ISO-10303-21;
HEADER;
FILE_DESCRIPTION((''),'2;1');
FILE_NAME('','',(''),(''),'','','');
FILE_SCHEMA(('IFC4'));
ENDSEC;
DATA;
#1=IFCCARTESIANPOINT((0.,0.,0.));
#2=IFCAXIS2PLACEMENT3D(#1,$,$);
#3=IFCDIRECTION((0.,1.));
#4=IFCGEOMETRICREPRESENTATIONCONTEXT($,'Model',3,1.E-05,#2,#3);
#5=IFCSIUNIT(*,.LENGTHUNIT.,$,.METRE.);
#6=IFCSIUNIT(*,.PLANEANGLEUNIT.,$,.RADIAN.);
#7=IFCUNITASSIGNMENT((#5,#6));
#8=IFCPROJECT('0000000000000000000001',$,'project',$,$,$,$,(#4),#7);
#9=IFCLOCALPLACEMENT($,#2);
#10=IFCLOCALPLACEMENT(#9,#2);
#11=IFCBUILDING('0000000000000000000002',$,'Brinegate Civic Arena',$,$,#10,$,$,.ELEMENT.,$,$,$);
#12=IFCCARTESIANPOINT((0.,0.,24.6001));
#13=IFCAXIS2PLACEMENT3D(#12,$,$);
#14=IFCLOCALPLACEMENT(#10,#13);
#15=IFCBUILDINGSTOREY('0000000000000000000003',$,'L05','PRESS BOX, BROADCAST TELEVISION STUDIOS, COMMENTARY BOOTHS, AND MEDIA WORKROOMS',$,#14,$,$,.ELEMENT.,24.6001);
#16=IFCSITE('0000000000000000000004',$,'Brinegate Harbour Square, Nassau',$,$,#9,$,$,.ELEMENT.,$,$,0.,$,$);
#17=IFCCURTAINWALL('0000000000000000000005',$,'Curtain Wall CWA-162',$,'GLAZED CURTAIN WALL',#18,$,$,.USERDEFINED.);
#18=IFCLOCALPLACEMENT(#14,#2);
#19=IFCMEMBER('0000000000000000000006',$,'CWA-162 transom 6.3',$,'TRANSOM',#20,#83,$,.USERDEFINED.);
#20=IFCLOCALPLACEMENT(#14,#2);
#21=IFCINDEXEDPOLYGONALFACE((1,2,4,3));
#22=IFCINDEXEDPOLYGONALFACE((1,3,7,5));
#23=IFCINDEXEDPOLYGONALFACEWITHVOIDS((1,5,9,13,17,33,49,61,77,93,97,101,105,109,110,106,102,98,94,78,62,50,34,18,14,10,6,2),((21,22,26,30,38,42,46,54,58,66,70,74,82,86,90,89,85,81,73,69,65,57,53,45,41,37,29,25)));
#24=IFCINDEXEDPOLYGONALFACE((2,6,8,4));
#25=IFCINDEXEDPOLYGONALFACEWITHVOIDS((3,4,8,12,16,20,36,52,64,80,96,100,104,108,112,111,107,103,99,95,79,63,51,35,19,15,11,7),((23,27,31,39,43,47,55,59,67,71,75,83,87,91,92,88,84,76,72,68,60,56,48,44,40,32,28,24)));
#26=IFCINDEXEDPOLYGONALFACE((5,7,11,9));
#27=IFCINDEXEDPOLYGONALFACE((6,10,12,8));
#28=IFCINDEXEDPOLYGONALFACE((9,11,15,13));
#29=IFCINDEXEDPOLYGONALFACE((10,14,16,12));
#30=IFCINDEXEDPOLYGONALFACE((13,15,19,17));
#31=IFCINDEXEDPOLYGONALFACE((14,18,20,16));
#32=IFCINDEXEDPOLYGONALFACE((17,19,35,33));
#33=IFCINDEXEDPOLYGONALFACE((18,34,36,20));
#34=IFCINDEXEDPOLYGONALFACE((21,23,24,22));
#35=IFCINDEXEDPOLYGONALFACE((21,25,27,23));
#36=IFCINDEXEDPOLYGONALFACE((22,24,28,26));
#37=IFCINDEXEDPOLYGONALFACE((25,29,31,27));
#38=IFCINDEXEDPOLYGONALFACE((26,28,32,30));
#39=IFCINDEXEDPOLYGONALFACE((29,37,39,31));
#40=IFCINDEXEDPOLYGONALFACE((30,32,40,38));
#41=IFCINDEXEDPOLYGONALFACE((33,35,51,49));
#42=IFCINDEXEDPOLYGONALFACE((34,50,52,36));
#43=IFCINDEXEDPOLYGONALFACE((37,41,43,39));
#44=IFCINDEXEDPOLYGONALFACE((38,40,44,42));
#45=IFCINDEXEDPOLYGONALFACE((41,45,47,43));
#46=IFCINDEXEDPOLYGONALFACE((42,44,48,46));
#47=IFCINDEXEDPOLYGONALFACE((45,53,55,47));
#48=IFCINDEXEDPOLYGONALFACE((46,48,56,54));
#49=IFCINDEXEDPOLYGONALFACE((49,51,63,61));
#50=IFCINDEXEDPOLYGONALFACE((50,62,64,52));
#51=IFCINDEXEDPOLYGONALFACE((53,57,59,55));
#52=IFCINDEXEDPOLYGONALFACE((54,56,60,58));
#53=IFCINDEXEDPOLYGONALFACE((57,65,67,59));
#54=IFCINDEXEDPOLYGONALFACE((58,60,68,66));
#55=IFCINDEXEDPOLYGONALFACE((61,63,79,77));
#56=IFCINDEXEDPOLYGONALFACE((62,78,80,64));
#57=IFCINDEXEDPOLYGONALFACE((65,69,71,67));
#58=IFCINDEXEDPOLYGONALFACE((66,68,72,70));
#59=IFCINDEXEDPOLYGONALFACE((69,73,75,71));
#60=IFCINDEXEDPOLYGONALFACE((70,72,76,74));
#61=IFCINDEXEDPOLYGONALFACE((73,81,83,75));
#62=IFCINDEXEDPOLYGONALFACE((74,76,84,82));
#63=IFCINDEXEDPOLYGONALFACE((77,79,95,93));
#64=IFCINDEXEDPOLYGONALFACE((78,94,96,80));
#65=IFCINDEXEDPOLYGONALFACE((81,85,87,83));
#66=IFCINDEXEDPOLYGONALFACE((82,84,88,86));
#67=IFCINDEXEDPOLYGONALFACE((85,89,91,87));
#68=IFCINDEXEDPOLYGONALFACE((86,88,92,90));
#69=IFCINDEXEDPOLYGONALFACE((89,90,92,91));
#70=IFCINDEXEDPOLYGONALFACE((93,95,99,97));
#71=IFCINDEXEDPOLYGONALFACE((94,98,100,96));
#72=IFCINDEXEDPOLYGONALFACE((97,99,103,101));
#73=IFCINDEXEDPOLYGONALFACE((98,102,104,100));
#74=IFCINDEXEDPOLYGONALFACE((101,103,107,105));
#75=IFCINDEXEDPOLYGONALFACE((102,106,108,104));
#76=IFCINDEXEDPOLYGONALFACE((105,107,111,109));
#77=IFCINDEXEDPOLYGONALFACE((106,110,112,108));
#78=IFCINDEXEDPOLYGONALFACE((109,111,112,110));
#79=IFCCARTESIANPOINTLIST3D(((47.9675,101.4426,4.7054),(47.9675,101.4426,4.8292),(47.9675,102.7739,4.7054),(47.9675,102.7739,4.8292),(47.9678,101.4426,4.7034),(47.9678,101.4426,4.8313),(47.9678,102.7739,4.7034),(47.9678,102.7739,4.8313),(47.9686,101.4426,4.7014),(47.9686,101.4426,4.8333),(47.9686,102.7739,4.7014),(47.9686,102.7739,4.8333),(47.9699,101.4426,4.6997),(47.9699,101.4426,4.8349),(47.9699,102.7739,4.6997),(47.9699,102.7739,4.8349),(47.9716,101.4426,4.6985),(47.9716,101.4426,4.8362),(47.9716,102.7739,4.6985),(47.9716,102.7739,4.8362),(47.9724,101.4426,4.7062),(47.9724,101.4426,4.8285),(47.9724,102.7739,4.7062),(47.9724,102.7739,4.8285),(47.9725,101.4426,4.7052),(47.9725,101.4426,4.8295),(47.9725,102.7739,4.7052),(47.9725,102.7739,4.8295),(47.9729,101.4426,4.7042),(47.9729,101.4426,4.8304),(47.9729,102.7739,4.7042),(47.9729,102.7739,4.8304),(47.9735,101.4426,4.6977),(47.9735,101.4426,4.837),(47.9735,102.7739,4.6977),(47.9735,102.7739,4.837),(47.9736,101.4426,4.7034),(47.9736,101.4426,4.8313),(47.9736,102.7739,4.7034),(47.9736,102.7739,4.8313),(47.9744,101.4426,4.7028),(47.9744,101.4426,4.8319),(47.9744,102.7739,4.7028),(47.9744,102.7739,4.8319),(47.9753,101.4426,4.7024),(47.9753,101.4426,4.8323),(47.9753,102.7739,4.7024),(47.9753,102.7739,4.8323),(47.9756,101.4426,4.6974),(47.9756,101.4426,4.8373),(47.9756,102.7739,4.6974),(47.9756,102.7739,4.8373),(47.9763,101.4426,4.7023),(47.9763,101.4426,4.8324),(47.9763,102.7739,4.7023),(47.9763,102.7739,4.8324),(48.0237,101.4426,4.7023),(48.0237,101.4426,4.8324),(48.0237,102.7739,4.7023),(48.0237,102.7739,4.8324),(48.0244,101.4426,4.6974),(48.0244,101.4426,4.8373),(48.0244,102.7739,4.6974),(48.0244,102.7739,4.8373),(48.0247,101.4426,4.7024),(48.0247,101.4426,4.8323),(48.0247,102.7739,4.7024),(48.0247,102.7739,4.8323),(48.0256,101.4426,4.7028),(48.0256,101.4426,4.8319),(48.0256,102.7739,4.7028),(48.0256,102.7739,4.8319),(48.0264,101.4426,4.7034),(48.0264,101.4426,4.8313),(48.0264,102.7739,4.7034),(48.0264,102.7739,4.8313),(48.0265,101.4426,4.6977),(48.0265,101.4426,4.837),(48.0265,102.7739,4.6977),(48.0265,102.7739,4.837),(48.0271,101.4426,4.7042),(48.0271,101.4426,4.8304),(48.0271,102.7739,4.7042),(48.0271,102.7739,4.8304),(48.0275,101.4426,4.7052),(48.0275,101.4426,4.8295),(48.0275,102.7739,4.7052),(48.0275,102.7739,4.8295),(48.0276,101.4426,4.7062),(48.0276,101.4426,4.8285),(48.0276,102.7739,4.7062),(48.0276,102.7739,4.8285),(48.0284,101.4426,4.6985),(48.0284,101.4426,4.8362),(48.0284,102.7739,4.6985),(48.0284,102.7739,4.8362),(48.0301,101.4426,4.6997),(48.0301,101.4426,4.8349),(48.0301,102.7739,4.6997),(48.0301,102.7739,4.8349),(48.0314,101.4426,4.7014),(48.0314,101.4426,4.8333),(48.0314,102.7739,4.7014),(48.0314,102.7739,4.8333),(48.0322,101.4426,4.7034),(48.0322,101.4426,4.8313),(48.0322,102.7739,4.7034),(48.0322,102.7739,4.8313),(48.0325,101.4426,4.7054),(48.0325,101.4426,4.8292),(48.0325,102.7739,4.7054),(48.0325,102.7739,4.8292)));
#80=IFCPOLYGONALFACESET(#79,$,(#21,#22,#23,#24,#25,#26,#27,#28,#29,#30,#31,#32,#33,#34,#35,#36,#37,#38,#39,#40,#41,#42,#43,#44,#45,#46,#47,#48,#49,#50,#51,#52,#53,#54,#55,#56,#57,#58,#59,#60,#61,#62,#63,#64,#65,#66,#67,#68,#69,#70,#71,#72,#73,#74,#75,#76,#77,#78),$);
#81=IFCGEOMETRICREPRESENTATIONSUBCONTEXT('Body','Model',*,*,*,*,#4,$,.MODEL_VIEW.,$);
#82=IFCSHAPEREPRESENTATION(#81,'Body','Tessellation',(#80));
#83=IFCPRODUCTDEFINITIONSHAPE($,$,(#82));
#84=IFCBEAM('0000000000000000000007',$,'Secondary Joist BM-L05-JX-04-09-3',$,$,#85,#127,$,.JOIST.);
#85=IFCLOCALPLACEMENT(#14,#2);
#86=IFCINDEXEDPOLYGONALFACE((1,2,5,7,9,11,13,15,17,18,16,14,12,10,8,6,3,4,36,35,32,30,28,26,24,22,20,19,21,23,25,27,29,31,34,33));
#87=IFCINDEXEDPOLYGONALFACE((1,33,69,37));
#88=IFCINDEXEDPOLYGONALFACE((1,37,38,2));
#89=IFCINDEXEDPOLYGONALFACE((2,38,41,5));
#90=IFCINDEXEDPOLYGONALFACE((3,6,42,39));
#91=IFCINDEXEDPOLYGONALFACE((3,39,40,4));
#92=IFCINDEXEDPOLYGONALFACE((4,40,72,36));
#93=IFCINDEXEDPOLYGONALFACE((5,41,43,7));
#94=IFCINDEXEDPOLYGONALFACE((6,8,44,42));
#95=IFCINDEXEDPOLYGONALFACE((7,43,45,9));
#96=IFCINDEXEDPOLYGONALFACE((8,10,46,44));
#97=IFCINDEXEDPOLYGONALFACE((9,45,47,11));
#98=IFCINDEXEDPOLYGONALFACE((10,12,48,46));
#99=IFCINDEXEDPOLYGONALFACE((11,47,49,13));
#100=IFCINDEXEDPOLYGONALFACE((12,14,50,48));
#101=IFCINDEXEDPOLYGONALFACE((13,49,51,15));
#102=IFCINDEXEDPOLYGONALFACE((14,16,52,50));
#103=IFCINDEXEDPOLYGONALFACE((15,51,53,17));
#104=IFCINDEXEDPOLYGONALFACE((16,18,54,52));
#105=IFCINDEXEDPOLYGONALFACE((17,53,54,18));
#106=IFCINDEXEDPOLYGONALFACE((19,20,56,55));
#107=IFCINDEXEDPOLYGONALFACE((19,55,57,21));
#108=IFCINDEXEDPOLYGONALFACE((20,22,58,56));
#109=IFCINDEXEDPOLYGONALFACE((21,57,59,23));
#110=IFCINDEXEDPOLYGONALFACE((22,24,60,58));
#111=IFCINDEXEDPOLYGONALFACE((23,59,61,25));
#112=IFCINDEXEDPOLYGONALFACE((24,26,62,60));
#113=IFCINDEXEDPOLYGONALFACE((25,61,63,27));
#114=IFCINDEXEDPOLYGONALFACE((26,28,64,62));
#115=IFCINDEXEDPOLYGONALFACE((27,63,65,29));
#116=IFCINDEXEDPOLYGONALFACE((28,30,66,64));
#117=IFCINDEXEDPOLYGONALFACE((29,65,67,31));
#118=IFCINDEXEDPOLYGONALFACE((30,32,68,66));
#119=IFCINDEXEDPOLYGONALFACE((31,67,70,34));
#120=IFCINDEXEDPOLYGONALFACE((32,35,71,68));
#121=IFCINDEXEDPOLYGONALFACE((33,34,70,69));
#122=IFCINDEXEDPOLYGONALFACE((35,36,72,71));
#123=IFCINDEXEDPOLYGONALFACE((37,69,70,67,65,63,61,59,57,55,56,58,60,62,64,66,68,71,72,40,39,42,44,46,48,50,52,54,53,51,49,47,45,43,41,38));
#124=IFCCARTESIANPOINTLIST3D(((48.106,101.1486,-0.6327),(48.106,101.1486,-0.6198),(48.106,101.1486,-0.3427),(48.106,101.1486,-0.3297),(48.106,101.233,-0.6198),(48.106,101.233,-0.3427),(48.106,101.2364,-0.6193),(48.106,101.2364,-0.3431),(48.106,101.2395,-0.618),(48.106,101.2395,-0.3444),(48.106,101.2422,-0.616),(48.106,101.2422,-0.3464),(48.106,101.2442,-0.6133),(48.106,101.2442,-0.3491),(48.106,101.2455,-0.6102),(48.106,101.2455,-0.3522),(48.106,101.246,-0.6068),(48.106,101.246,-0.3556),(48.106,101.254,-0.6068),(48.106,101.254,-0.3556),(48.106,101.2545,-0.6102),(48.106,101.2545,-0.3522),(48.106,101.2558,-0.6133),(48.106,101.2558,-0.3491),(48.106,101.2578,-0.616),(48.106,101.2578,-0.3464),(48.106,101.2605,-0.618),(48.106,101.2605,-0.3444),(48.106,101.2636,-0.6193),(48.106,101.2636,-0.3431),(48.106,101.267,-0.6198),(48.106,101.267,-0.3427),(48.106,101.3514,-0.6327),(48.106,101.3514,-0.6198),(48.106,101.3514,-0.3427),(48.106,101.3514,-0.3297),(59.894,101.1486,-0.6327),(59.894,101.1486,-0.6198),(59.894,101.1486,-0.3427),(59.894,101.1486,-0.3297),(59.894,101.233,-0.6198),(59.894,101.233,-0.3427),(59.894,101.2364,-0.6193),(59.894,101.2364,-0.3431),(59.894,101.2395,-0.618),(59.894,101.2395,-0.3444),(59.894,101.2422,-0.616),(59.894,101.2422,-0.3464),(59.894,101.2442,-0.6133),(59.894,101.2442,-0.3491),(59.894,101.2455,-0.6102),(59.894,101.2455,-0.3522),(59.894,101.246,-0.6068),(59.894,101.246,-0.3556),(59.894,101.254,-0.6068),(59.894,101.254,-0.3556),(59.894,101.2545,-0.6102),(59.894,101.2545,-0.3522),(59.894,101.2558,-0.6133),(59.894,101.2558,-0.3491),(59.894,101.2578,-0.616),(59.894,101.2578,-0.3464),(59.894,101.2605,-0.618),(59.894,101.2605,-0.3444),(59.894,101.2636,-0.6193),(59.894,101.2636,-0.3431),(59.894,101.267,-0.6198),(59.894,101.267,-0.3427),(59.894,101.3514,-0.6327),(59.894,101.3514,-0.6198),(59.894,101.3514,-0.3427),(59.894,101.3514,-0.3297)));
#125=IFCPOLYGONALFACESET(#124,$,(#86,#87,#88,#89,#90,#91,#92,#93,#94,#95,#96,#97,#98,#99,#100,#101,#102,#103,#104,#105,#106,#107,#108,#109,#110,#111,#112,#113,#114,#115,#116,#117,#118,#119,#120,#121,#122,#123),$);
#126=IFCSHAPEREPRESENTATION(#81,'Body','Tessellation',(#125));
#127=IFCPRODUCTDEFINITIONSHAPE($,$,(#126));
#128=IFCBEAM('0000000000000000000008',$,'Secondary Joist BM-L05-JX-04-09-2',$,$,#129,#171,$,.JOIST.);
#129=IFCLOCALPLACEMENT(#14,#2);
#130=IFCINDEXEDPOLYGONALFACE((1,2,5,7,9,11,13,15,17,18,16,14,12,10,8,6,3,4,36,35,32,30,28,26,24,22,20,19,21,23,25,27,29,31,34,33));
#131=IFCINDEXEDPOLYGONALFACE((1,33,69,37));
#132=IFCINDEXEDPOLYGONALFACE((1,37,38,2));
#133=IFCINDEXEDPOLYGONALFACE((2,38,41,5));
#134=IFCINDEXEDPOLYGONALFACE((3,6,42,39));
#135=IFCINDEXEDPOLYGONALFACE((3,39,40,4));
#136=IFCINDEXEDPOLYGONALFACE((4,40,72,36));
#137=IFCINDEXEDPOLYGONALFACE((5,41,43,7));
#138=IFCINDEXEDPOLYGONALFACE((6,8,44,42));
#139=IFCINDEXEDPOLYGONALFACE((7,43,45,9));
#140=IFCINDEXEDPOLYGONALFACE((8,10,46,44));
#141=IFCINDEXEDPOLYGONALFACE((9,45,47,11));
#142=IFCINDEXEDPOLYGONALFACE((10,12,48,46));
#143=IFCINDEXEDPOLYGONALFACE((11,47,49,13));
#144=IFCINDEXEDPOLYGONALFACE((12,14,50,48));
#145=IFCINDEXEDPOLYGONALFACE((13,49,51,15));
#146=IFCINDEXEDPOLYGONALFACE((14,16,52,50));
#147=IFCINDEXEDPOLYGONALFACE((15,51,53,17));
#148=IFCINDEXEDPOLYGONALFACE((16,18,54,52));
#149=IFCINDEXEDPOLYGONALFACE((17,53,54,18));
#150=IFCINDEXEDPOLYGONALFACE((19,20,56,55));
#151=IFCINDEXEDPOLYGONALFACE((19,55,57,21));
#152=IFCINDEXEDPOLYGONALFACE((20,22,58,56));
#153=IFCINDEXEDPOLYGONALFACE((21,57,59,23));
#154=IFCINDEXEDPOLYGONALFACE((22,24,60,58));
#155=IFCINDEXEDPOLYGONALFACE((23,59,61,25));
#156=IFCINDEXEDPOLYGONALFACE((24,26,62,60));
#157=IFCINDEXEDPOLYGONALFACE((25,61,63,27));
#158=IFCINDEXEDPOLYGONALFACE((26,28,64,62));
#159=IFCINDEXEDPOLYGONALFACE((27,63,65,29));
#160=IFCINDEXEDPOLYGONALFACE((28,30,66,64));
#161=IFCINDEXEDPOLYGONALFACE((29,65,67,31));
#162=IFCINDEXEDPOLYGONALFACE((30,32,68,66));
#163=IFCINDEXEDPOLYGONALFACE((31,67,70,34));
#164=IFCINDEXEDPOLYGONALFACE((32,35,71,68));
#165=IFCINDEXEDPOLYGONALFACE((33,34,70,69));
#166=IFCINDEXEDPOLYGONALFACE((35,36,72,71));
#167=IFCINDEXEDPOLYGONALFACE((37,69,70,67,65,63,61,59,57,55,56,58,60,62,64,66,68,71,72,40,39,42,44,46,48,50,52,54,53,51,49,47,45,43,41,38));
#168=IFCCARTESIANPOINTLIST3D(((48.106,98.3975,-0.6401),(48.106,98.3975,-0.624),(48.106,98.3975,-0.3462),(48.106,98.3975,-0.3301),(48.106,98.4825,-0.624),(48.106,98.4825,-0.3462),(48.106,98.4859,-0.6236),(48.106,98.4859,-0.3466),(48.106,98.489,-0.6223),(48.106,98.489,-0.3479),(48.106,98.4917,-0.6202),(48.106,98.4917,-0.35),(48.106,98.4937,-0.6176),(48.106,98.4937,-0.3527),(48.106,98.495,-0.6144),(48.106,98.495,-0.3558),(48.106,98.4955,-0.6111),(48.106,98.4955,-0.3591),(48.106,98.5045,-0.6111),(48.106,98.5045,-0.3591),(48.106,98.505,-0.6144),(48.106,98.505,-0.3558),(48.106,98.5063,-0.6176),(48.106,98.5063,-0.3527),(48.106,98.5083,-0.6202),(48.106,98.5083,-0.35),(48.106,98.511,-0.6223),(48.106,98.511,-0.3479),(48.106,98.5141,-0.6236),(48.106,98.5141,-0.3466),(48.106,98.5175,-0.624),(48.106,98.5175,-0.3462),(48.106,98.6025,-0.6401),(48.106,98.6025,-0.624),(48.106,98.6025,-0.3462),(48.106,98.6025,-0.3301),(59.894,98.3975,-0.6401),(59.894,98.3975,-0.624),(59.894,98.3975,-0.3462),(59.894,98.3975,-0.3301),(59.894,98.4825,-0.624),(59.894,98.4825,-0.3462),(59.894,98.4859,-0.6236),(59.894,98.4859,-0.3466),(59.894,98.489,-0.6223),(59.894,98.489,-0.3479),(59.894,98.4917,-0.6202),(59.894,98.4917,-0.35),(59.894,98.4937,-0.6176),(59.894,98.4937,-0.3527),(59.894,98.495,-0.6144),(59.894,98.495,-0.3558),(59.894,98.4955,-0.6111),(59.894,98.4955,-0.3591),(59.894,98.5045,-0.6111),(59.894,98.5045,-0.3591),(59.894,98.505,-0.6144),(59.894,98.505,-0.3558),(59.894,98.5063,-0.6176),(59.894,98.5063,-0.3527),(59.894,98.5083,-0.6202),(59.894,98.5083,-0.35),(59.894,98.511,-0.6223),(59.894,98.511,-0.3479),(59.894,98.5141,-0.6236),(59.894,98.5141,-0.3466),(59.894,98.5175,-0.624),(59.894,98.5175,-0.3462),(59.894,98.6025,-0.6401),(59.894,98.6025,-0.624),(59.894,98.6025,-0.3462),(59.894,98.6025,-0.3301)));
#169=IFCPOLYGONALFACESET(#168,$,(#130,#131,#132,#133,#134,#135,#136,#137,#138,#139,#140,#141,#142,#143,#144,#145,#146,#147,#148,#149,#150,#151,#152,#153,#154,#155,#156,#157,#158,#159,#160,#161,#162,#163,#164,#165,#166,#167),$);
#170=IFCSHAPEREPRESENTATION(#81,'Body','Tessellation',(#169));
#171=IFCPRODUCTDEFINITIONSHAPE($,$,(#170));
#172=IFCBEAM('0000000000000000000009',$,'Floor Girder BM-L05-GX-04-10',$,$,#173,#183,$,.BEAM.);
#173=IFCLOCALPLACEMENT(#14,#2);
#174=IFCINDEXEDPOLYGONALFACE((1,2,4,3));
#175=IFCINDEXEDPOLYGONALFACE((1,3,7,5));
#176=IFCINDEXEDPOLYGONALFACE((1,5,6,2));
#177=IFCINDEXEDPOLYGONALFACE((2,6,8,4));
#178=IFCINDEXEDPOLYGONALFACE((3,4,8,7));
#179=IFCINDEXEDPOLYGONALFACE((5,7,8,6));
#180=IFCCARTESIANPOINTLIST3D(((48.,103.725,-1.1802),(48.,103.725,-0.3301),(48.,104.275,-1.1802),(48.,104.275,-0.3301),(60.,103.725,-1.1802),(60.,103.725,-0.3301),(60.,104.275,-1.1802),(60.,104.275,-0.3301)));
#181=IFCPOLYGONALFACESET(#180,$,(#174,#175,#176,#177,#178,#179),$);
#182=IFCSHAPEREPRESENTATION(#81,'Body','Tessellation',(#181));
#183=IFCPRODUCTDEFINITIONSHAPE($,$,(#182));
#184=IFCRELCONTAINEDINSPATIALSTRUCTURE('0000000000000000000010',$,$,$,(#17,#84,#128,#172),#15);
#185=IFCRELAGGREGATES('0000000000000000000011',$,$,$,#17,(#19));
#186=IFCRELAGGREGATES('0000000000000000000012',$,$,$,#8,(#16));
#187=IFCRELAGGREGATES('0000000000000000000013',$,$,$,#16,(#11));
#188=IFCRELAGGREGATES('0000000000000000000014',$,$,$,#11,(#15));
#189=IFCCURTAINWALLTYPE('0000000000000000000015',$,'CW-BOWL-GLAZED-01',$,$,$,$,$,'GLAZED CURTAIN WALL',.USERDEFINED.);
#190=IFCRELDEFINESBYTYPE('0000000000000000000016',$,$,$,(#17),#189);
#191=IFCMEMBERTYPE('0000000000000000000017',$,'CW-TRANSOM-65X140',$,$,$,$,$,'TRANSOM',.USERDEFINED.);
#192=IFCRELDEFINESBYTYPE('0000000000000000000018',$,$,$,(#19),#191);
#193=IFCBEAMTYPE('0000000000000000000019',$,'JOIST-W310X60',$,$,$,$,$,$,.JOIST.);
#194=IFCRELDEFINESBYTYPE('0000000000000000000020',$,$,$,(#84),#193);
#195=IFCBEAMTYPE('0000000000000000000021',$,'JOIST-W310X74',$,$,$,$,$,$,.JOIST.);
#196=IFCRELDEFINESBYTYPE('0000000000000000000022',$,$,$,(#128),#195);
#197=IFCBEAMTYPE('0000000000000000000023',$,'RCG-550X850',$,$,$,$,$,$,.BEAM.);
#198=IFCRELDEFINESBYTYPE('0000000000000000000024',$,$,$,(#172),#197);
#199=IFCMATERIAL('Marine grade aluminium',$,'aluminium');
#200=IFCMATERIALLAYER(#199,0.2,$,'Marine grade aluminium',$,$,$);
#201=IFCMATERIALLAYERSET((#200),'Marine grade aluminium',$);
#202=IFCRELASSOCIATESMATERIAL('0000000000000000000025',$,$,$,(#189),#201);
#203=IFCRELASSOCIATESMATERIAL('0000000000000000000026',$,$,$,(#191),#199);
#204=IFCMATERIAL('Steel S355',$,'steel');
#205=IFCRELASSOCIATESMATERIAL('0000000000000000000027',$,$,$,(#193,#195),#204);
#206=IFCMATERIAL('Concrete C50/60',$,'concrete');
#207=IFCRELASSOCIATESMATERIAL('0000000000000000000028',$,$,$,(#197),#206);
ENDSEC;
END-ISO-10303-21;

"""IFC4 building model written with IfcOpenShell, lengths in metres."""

from ifc_helpers import new_model, si_unit, direction, frame, origin, origin_2d, place, context, subcontext, project, spatial, rectangle, hollow_rectangle, i_section, extrude, material, layer, layer_set, material_profile, profile_set, type_object, element, aggregate, save


model = new_model("IFC4")

# Units and contexts
model_context = context("Model", 3, precision=1e-05, world=origin(), true_north=direction((0.0, 1.0)))
body_context = subcontext(model_context, "Body", "Model", "MODEL_VIEW")
ifc_project = project(units=[si_unit("LENGTHUNIT", "METRE"), si_unit("PLANEANGLEUNIT", "RADIAN")], contexts=[model_context])

# Site, building, storey
site_placement = place(None, origin())
site = spatial("IfcSite", under=ifc_project, at=site_placement, Name="Brinegate Harbour Square, Nassau", CompositionType="ELEMENT", RefElevation=0.0)
building_placement = place(site_placement, origin())
building = spatial("IfcBuilding", under=site, at=building_placement, Name="Brinegate Civic Arena", CompositionType="ELEMENT")
storey_placement = place(building_placement, frame((0.0, 0.0, 24.6001)))
storey = spatial("IfcBuildingStorey", under=building, at=storey_placement, Name="L05", Description="PRESS BOX, BROADCAST TELEVISION STUDIOS, COMMENTARY BOOTHS, AND MEDIA WORKROOMS", CompositionType="ELEMENT", Elevation=24.6001)

# Shared definitions
ifc_material_1 = material(Name="Concrete C50/60", Category="concrete")

# Curtain wall, member
ifc_material_2 = material(Name="Marine grade aluminium", Category="aluminium")
ifc_layer_1 = layer(ifc_material_2, 0.2, Name="Marine grade aluminium")
ifc_layer_set_1 = layer_set([ifc_layer_1], Name="Marine grade aluminium")
curtain_wall_type = type_object("IfcCurtainWallType", Name="CW-BOWL-GLAZED-01", ElementType="GLAZED CURTAIN WALL", PredefinedType="USERDEFINED", material=ifc_layer_set_1)
curtain_wall_placement = place(storey_placement, origin())
curtain_wall = element("IfcCurtainWall", 1, at=curtain_wall_placement, inside=storey, type_object=curtain_wall_type, Name="Curtain Wall CWA-162", ObjectType="GLAZED CURTAIN WALL", PredefinedType="USERDEFINED")
ifc_material_profile_1 = material_profile(ifc_material_2, hollow_rectangle(XDim=0.0649, YDim=0.1399, WallThickness=0.0049, InnerFilletRadius=0.0039, OuterFilletRadius=0.0081, at=origin_2d()), Name="TRN65X140")
ifc_profile_set_1 = profile_set([ifc_material_profile_1], Name="Marine grade aluminium")
member_type_1 = type_object("IfcMemberType", Name="CW-TRANSOM-65X140", ElementType="TRANSOM", PredefinedType="USERDEFINED", material=ifc_profile_set_1)
member_1_placement = place(storey_placement, frame((48.0, 101.4426, 4.7673), z_axis=(0.0, 1.0, 0.0), x_axis=(-1.0, 0.0, 0.0)))
member_1 = element("IfcMember", 2, at=member_1_placement, type_object=member_type_1, Name="CWA-162 transom 6.3", ObjectType="TRANSOM", PredefinedType="USERDEFINED", context=body_context, shape_type="SweptSolid", body=[
    extrude(hollow_rectangle(XDim=0.0649, YDim=0.1399, WallThickness=0.0049, InnerFilletRadius=0.0039, OuterFilletRadius=0.0081, at=origin_2d()), origin(), (0.0, 0.0, 1.0), 1.3313),
])

# Beams
ifc_material_3 = material(Name="Steel S355", Category="steel")
ifc_material_profile_2 = material_profile(ifc_material_3, i_section(OverallWidth=0.2029, OverallDepth=0.303, WebThickness=0.0081, FlangeThickness=0.0129, FilletRadius=0.0129, at=origin_2d()), Name="W310X60")
ifc_profile_set_2 = profile_set([ifc_material_profile_2], Name="Steel S355")
beam_type_1 = type_object("IfcBeamType", Name="JOIST-W310X60", PredefinedType="JOIST", material=ifc_profile_set_2)
beam_1_placement = place(storey_placement, frame((48.106, 101.25, -0.4812), z_axis=(1.0, 0.0, 0.0), x_axis=(0.0, 1.0, 0.0)))
element("IfcBeam", 3, at=beam_1_placement, inside=storey, type_object=beam_type_1, Name="Secondary Joist BM-L05-JX-04-09-3", PredefinedType="JOIST", context=body_context, shape_type="SweptSolid", body=[
    extrude(i_section(OverallWidth=0.2029, OverallDepth=0.303, WebThickness=0.0081, FlangeThickness=0.0129, FilletRadius=0.0129, at=origin_2d()), origin(), (0.0, 0.0, 1.0), 11.7881),
])
ifc_material_profile_3 = material_profile(ifc_material_3, i_section(OverallWidth=0.2051, OverallDepth=0.3101, WebThickness=0.009, FlangeThickness=0.0161, FilletRadius=0.0129, at=origin_2d()), Name="W310X74")
ifc_profile_set_3 = profile_set([ifc_material_profile_3], Name="Steel S355")
beam_type_2 = type_object("IfcBeamType", Name="JOIST-W310X74", PredefinedType="JOIST", material=ifc_profile_set_3)
beam_2_placement = place(storey_placement, frame((48.106, 98.5, -0.4851), z_axis=(1.0, 0.0, 0.0), x_axis=(0.0, 1.0, 0.0)))
element("IfcBeam", 4, at=beam_2_placement, inside=storey, type_object=beam_type_2, Name="Secondary Joist BM-L05-JX-04-09-2", PredefinedType="JOIST", context=body_context, shape_type="SweptSolid", body=[
    extrude(i_section(OverallWidth=0.2051, OverallDepth=0.3101, WebThickness=0.009, FlangeThickness=0.0161, FilletRadius=0.0129, at=origin_2d()), origin(), (0.0, 0.0, 1.0), 11.7881),
])
ifc_material_profile_4 = material_profile(ifc_material_1, rectangle(XDim=0.55, YDim=0.8501, at=origin_2d()), Name="RCB550X850")
ifc_profile_set_4 = profile_set([ifc_material_profile_4], Name="Concrete C50/60")
beam_type_3 = type_object("IfcBeamType", Name="RCG-550X850", PredefinedType="BEAM", material=ifc_profile_set_4)
beam_3_placement = place(storey_placement, frame((48.0, 104.0, -0.7551), z_axis=(1.0, 0.0, 0.0), x_axis=(0.0, 1.0, 0.0)))
element("IfcBeam", 5, at=beam_3_placement, inside=storey, type_object=beam_type_3, Name="Floor Girder BM-L05-GX-04-10", PredefinedType="BEAM", context=body_context, shape_type="SweptSolid", body=[
    extrude(rectangle(XDim=0.55, YDim=0.8501, at=origin_2d()), origin(), (0.0, 0.0, 1.0), 12.0),
])

aggregate(curtain_wall, [member_1])

save(model, "model.ifc")
